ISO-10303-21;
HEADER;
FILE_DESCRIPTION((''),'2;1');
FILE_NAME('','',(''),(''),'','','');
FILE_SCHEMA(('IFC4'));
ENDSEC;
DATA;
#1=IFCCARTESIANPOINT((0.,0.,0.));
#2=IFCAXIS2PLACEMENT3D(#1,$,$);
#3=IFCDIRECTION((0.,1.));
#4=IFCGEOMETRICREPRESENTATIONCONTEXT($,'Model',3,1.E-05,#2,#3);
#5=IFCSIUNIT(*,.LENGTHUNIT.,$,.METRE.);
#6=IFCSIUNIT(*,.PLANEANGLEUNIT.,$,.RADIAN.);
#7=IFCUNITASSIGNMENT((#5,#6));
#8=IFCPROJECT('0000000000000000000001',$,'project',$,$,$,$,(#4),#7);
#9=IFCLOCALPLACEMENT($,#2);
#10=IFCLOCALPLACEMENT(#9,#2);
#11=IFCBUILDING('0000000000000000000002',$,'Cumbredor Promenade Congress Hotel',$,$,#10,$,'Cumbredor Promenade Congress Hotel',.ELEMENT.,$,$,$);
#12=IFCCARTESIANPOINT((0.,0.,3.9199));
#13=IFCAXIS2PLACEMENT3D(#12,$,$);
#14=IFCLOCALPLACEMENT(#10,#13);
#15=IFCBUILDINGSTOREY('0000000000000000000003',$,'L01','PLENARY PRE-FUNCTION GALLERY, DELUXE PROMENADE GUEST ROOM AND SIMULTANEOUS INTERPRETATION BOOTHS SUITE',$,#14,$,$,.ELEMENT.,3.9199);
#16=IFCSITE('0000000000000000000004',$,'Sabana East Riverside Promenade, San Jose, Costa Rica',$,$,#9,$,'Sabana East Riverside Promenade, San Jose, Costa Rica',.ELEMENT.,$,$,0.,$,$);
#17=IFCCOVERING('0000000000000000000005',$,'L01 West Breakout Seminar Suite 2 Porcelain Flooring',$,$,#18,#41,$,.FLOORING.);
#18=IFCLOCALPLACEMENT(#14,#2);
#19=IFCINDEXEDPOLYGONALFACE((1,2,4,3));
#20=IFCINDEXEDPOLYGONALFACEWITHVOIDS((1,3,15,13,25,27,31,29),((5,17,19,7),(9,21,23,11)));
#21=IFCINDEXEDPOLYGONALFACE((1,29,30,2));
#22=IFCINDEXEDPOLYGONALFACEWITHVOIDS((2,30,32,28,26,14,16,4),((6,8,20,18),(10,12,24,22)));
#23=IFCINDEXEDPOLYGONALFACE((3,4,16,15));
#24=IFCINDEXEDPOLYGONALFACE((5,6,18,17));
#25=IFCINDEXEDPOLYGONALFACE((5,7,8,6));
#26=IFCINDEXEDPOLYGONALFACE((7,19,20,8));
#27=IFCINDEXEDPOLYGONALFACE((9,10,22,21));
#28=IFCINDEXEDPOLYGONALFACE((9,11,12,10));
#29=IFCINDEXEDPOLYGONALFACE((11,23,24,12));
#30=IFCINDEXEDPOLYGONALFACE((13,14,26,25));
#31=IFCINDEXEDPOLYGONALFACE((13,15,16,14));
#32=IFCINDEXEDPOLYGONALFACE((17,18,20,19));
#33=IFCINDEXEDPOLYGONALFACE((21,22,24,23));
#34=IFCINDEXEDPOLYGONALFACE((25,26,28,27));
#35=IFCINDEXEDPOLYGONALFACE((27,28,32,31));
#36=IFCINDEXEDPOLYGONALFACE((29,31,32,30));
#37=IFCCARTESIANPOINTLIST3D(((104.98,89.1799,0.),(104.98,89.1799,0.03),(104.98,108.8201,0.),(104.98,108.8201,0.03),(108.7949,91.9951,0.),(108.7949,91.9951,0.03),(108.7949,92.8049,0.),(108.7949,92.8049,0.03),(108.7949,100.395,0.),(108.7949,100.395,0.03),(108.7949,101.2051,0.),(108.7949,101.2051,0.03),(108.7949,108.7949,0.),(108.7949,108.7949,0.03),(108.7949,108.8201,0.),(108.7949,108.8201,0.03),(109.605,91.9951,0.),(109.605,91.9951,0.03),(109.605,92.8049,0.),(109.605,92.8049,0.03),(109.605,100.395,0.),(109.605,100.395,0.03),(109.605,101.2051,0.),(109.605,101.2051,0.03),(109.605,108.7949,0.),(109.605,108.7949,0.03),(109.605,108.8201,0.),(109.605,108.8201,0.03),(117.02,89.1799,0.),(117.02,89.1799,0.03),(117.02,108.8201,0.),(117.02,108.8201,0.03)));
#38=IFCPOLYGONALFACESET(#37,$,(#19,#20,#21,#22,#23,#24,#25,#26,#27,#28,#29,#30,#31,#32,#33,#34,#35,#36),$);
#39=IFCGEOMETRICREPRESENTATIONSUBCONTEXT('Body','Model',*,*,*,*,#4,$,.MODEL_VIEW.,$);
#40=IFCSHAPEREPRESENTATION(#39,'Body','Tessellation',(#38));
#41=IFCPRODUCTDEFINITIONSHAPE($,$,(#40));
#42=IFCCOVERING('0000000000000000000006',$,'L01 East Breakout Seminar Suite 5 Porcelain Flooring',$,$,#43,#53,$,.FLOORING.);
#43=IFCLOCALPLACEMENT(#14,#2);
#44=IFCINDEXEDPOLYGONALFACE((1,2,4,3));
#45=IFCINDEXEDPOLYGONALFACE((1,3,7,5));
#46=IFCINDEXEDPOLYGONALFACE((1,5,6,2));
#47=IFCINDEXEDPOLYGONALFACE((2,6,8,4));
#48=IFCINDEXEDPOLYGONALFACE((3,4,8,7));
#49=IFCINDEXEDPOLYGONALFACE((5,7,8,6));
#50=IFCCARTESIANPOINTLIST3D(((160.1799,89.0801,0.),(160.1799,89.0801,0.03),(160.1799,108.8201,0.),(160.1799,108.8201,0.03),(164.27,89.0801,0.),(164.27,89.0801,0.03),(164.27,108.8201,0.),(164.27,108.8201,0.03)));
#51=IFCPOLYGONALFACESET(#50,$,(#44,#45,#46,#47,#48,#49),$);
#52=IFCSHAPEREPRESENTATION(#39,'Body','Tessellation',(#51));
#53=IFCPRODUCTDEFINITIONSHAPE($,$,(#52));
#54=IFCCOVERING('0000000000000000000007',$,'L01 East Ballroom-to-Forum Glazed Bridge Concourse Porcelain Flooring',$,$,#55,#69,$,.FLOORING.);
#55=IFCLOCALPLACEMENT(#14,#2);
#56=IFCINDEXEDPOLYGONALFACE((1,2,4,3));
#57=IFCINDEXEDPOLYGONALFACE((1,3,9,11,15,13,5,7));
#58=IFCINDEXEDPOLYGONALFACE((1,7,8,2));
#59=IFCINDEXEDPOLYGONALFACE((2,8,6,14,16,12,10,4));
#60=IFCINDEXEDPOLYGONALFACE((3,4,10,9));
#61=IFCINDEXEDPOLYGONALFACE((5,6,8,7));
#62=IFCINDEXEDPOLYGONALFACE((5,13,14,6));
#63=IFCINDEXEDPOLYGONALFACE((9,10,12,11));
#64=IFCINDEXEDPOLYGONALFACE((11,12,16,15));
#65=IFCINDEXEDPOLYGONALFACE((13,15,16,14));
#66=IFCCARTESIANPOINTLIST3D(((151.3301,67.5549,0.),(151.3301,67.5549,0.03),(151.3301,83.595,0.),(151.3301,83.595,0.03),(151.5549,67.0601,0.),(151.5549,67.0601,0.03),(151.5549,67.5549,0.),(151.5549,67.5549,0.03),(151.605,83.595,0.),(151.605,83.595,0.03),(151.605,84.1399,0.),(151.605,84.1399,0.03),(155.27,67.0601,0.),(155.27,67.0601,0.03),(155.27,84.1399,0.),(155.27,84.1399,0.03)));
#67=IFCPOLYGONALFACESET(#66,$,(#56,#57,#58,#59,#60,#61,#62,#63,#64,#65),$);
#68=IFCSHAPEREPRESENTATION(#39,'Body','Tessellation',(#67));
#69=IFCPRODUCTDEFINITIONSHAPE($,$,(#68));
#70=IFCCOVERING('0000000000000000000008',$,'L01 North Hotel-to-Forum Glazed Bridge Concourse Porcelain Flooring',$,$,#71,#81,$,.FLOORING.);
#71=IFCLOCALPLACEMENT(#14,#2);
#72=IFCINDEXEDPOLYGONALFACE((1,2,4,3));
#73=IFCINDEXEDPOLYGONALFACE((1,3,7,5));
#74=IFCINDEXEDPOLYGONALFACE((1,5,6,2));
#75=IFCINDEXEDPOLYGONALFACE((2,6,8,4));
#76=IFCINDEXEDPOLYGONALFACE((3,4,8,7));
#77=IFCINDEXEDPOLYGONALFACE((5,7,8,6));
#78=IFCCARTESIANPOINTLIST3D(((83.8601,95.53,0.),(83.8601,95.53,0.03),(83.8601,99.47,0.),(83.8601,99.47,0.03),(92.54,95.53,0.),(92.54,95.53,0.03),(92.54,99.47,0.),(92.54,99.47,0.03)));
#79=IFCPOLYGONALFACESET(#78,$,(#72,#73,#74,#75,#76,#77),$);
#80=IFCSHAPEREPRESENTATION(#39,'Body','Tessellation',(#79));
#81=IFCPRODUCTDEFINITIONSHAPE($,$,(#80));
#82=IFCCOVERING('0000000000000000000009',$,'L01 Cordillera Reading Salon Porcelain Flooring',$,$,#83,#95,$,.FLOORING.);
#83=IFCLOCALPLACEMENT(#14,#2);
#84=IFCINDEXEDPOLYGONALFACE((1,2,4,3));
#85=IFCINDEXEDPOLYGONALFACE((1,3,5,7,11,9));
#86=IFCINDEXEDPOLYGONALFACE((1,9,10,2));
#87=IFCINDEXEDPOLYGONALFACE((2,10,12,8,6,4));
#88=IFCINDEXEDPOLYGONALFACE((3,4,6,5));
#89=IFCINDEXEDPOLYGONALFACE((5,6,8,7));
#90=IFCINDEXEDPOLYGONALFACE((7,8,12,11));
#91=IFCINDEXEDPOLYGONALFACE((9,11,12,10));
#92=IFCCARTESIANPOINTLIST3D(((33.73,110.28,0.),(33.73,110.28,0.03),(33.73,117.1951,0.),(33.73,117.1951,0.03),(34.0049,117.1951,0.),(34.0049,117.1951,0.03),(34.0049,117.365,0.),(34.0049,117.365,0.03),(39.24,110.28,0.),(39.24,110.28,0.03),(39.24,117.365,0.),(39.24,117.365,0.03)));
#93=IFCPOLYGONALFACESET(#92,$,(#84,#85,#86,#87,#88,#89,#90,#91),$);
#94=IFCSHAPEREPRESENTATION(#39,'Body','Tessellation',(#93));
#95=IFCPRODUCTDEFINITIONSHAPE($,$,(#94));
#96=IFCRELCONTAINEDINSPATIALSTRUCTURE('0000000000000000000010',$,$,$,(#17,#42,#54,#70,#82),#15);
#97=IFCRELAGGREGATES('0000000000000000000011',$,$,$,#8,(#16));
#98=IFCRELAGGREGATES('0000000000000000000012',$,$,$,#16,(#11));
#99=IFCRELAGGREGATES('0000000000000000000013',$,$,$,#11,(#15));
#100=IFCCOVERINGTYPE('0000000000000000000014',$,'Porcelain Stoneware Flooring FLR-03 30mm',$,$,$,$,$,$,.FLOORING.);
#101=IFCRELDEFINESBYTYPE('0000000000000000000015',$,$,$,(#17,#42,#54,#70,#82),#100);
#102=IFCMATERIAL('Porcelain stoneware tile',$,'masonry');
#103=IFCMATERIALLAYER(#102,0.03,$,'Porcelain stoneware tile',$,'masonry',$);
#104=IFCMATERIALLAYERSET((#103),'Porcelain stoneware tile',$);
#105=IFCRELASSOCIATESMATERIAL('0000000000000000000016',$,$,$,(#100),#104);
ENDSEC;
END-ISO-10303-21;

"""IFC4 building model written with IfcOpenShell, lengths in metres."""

from ifc_helpers import new_model, si_unit, direction, frame, origin, place, context, subcontext, project, spatial, polyline, outline, extrude, material, layer, layer_set, type_object, element, save


model = new_model("IFC4")

# Units and contexts
model_context = context("Model", 3, precision=1e-05, world=origin(), true_north=direction((0.0, 1.0)))
body_context = subcontext(model_context, "Body", "Model", "MODEL_VIEW")
ifc_project = project(units=[si_unit("LENGTHUNIT", "METRE"), si_unit("PLANEANGLEUNIT", "RADIAN")], contexts=[model_context])

# Site, building, storey
site_placement = place(None, origin())
site = spatial("IfcSite", under=ifc_project, at=site_placement, Name="Sabana East Riverside Promenade, San Jose, Costa Rica", LongName="Sabana East Riverside Promenade, San Jose, Costa Rica", CompositionType="ELEMENT", RefElevation=0.0)
building_placement = place(site_placement, origin())
building = spatial("IfcBuilding", under=site, at=building_placement, Name="Cumbredor Promenade Congress Hotel", LongName="Cumbredor Promenade Congress Hotel", CompositionType="ELEMENT")
storey_placement = place(building_placement, frame((0.0, 0.0, 3.9199)))
storey = spatial("IfcBuildingStorey", under=building, at=storey_placement, Name="L01", Description="PLENARY PRE-FUNCTION GALLERY, DELUXE PROMENADE GUEST ROOM AND SIMULTANEOUS INTERPRETATION BOOTHS SUITE", CompositionType="ELEMENT", Elevation=3.9199)

# Coverings
ifc_material_1 = material(Name="Porcelain stoneware tile", Category="masonry")
ifc_layer_1 = layer(ifc_material_1, 0.03, Name="Porcelain stoneware tile", Category="masonry")
ifc_layer_set_1 = layer_set([ifc_layer_1], Name="Porcelain stoneware tile")
covering_type_1 = type_object("IfcCoveringType", Name="Porcelain Stoneware Flooring FLR-03 30mm", PredefinedType="FLOORING", material=ifc_layer_set_1)
covering_1_placement = place(storey_placement, origin())
element("IfcCovering", 1, at=covering_1_placement, inside=storey, type_object=covering_type_1, Name="L01 West Breakout Seminar Suite 2 Porcelain Flooring", PredefinedType="FLOORING", context=body_context, shape_type="SweptSolid", body=[
    extrude(outline(polyline([(117.02, 89.1799), (104.98, 89.1799), (104.98, 108.8201), (108.7949, 108.8201), (108.7949, 108.7949), (109.605, 108.7949), (109.605, 108.8201), (117.02, 108.8201), (117.02, 89.1799)]), holes=[polyline([(108.7949, 91.9951), (109.605, 91.9951), (109.605, 92.8049), (108.7949, 92.8049), (108.7949, 91.9951)]), polyline([(108.7949, 101.2051), (108.7949, 100.395), (109.605, 100.395), (109.605, 101.2051), (108.7949, 101.2051)])]), origin(), (0.0, 0.0, 1.0), 0.03),
])
covering_2_placement = place(storey_placement, origin())
element("IfcCovering", 2, at=covering_2_placement, inside=storey, type_object=covering_type_1, Name="L01 East Breakout Seminar Suite 5 Porcelain Flooring", PredefinedType="FLOORING", context=body_context, shape_type="SweptSolid", body=[
    extrude(outline(polyline([(160.1799, 89.0801), (160.1799, 108.8201), (164.27, 108.8201), (164.27, 89.0801), (160.1799, 89.0801)])), origin(), (0.0, 0.0, 1.0), 0.03),
])
covering_3_placement = place(storey_placement, origin())
element("IfcCovering", 3, at=covering_3_placement, inside=storey, type_object=covering_type_1, Name="L01 East Ballroom-to-Forum Glazed Bridge Concourse Porcelain Flooring", PredefinedType="FLOORING", context=body_context, shape_type="SweptSolid", body=[
    extrude(outline(polyline([(155.27, 84.1399), (155.27, 67.0601), (151.5549, 67.0601), (151.5549, 67.5549), (151.3301, 67.5549), (151.3301, 83.595), (151.605, 83.595), (151.605, 84.1399), (155.27, 84.1399)])), origin(), (0.0, 0.0, 1.0), 0.03),
])
covering_4_placement = place(storey_placement, origin())
element("IfcCovering", 4, at=covering_4_placement, inside=storey, type_object=covering_type_1, Name="L01 North Hotel-to-Forum Glazed Bridge Concourse Porcelain Flooring", PredefinedType="FLOORING", context=body_context, shape_type="SweptSolid", body=[
    extrude(outline(polyline([(83.8601, 95.53), (83.8601, 99.47), (92.54, 99.47), (92.54, 95.53), (83.8601, 95.53)])), origin(), (0.0, 0.0, 1.0), 0.03),
])
covering_5_placement = place(storey_placement, origin())
element("IfcCovering", 5, at=covering_5_placement, inside=storey, type_object=covering_type_1, Name="L01 Cordillera Reading Salon Porcelain Flooring", PredefinedType="FLOORING", context=body_context, shape_type="SweptSolid", body=[
    extrude(outline(polyline([(33.73, 117.1951), (34.0049, 117.1951), (34.0049, 117.365), (39.24, 117.365), (39.24, 110.28), (33.73, 110.28), (33.73, 117.1951)])), origin(), (0.0, 0.0, 1.0), 0.03),
])

save(model, "model.ifc")
